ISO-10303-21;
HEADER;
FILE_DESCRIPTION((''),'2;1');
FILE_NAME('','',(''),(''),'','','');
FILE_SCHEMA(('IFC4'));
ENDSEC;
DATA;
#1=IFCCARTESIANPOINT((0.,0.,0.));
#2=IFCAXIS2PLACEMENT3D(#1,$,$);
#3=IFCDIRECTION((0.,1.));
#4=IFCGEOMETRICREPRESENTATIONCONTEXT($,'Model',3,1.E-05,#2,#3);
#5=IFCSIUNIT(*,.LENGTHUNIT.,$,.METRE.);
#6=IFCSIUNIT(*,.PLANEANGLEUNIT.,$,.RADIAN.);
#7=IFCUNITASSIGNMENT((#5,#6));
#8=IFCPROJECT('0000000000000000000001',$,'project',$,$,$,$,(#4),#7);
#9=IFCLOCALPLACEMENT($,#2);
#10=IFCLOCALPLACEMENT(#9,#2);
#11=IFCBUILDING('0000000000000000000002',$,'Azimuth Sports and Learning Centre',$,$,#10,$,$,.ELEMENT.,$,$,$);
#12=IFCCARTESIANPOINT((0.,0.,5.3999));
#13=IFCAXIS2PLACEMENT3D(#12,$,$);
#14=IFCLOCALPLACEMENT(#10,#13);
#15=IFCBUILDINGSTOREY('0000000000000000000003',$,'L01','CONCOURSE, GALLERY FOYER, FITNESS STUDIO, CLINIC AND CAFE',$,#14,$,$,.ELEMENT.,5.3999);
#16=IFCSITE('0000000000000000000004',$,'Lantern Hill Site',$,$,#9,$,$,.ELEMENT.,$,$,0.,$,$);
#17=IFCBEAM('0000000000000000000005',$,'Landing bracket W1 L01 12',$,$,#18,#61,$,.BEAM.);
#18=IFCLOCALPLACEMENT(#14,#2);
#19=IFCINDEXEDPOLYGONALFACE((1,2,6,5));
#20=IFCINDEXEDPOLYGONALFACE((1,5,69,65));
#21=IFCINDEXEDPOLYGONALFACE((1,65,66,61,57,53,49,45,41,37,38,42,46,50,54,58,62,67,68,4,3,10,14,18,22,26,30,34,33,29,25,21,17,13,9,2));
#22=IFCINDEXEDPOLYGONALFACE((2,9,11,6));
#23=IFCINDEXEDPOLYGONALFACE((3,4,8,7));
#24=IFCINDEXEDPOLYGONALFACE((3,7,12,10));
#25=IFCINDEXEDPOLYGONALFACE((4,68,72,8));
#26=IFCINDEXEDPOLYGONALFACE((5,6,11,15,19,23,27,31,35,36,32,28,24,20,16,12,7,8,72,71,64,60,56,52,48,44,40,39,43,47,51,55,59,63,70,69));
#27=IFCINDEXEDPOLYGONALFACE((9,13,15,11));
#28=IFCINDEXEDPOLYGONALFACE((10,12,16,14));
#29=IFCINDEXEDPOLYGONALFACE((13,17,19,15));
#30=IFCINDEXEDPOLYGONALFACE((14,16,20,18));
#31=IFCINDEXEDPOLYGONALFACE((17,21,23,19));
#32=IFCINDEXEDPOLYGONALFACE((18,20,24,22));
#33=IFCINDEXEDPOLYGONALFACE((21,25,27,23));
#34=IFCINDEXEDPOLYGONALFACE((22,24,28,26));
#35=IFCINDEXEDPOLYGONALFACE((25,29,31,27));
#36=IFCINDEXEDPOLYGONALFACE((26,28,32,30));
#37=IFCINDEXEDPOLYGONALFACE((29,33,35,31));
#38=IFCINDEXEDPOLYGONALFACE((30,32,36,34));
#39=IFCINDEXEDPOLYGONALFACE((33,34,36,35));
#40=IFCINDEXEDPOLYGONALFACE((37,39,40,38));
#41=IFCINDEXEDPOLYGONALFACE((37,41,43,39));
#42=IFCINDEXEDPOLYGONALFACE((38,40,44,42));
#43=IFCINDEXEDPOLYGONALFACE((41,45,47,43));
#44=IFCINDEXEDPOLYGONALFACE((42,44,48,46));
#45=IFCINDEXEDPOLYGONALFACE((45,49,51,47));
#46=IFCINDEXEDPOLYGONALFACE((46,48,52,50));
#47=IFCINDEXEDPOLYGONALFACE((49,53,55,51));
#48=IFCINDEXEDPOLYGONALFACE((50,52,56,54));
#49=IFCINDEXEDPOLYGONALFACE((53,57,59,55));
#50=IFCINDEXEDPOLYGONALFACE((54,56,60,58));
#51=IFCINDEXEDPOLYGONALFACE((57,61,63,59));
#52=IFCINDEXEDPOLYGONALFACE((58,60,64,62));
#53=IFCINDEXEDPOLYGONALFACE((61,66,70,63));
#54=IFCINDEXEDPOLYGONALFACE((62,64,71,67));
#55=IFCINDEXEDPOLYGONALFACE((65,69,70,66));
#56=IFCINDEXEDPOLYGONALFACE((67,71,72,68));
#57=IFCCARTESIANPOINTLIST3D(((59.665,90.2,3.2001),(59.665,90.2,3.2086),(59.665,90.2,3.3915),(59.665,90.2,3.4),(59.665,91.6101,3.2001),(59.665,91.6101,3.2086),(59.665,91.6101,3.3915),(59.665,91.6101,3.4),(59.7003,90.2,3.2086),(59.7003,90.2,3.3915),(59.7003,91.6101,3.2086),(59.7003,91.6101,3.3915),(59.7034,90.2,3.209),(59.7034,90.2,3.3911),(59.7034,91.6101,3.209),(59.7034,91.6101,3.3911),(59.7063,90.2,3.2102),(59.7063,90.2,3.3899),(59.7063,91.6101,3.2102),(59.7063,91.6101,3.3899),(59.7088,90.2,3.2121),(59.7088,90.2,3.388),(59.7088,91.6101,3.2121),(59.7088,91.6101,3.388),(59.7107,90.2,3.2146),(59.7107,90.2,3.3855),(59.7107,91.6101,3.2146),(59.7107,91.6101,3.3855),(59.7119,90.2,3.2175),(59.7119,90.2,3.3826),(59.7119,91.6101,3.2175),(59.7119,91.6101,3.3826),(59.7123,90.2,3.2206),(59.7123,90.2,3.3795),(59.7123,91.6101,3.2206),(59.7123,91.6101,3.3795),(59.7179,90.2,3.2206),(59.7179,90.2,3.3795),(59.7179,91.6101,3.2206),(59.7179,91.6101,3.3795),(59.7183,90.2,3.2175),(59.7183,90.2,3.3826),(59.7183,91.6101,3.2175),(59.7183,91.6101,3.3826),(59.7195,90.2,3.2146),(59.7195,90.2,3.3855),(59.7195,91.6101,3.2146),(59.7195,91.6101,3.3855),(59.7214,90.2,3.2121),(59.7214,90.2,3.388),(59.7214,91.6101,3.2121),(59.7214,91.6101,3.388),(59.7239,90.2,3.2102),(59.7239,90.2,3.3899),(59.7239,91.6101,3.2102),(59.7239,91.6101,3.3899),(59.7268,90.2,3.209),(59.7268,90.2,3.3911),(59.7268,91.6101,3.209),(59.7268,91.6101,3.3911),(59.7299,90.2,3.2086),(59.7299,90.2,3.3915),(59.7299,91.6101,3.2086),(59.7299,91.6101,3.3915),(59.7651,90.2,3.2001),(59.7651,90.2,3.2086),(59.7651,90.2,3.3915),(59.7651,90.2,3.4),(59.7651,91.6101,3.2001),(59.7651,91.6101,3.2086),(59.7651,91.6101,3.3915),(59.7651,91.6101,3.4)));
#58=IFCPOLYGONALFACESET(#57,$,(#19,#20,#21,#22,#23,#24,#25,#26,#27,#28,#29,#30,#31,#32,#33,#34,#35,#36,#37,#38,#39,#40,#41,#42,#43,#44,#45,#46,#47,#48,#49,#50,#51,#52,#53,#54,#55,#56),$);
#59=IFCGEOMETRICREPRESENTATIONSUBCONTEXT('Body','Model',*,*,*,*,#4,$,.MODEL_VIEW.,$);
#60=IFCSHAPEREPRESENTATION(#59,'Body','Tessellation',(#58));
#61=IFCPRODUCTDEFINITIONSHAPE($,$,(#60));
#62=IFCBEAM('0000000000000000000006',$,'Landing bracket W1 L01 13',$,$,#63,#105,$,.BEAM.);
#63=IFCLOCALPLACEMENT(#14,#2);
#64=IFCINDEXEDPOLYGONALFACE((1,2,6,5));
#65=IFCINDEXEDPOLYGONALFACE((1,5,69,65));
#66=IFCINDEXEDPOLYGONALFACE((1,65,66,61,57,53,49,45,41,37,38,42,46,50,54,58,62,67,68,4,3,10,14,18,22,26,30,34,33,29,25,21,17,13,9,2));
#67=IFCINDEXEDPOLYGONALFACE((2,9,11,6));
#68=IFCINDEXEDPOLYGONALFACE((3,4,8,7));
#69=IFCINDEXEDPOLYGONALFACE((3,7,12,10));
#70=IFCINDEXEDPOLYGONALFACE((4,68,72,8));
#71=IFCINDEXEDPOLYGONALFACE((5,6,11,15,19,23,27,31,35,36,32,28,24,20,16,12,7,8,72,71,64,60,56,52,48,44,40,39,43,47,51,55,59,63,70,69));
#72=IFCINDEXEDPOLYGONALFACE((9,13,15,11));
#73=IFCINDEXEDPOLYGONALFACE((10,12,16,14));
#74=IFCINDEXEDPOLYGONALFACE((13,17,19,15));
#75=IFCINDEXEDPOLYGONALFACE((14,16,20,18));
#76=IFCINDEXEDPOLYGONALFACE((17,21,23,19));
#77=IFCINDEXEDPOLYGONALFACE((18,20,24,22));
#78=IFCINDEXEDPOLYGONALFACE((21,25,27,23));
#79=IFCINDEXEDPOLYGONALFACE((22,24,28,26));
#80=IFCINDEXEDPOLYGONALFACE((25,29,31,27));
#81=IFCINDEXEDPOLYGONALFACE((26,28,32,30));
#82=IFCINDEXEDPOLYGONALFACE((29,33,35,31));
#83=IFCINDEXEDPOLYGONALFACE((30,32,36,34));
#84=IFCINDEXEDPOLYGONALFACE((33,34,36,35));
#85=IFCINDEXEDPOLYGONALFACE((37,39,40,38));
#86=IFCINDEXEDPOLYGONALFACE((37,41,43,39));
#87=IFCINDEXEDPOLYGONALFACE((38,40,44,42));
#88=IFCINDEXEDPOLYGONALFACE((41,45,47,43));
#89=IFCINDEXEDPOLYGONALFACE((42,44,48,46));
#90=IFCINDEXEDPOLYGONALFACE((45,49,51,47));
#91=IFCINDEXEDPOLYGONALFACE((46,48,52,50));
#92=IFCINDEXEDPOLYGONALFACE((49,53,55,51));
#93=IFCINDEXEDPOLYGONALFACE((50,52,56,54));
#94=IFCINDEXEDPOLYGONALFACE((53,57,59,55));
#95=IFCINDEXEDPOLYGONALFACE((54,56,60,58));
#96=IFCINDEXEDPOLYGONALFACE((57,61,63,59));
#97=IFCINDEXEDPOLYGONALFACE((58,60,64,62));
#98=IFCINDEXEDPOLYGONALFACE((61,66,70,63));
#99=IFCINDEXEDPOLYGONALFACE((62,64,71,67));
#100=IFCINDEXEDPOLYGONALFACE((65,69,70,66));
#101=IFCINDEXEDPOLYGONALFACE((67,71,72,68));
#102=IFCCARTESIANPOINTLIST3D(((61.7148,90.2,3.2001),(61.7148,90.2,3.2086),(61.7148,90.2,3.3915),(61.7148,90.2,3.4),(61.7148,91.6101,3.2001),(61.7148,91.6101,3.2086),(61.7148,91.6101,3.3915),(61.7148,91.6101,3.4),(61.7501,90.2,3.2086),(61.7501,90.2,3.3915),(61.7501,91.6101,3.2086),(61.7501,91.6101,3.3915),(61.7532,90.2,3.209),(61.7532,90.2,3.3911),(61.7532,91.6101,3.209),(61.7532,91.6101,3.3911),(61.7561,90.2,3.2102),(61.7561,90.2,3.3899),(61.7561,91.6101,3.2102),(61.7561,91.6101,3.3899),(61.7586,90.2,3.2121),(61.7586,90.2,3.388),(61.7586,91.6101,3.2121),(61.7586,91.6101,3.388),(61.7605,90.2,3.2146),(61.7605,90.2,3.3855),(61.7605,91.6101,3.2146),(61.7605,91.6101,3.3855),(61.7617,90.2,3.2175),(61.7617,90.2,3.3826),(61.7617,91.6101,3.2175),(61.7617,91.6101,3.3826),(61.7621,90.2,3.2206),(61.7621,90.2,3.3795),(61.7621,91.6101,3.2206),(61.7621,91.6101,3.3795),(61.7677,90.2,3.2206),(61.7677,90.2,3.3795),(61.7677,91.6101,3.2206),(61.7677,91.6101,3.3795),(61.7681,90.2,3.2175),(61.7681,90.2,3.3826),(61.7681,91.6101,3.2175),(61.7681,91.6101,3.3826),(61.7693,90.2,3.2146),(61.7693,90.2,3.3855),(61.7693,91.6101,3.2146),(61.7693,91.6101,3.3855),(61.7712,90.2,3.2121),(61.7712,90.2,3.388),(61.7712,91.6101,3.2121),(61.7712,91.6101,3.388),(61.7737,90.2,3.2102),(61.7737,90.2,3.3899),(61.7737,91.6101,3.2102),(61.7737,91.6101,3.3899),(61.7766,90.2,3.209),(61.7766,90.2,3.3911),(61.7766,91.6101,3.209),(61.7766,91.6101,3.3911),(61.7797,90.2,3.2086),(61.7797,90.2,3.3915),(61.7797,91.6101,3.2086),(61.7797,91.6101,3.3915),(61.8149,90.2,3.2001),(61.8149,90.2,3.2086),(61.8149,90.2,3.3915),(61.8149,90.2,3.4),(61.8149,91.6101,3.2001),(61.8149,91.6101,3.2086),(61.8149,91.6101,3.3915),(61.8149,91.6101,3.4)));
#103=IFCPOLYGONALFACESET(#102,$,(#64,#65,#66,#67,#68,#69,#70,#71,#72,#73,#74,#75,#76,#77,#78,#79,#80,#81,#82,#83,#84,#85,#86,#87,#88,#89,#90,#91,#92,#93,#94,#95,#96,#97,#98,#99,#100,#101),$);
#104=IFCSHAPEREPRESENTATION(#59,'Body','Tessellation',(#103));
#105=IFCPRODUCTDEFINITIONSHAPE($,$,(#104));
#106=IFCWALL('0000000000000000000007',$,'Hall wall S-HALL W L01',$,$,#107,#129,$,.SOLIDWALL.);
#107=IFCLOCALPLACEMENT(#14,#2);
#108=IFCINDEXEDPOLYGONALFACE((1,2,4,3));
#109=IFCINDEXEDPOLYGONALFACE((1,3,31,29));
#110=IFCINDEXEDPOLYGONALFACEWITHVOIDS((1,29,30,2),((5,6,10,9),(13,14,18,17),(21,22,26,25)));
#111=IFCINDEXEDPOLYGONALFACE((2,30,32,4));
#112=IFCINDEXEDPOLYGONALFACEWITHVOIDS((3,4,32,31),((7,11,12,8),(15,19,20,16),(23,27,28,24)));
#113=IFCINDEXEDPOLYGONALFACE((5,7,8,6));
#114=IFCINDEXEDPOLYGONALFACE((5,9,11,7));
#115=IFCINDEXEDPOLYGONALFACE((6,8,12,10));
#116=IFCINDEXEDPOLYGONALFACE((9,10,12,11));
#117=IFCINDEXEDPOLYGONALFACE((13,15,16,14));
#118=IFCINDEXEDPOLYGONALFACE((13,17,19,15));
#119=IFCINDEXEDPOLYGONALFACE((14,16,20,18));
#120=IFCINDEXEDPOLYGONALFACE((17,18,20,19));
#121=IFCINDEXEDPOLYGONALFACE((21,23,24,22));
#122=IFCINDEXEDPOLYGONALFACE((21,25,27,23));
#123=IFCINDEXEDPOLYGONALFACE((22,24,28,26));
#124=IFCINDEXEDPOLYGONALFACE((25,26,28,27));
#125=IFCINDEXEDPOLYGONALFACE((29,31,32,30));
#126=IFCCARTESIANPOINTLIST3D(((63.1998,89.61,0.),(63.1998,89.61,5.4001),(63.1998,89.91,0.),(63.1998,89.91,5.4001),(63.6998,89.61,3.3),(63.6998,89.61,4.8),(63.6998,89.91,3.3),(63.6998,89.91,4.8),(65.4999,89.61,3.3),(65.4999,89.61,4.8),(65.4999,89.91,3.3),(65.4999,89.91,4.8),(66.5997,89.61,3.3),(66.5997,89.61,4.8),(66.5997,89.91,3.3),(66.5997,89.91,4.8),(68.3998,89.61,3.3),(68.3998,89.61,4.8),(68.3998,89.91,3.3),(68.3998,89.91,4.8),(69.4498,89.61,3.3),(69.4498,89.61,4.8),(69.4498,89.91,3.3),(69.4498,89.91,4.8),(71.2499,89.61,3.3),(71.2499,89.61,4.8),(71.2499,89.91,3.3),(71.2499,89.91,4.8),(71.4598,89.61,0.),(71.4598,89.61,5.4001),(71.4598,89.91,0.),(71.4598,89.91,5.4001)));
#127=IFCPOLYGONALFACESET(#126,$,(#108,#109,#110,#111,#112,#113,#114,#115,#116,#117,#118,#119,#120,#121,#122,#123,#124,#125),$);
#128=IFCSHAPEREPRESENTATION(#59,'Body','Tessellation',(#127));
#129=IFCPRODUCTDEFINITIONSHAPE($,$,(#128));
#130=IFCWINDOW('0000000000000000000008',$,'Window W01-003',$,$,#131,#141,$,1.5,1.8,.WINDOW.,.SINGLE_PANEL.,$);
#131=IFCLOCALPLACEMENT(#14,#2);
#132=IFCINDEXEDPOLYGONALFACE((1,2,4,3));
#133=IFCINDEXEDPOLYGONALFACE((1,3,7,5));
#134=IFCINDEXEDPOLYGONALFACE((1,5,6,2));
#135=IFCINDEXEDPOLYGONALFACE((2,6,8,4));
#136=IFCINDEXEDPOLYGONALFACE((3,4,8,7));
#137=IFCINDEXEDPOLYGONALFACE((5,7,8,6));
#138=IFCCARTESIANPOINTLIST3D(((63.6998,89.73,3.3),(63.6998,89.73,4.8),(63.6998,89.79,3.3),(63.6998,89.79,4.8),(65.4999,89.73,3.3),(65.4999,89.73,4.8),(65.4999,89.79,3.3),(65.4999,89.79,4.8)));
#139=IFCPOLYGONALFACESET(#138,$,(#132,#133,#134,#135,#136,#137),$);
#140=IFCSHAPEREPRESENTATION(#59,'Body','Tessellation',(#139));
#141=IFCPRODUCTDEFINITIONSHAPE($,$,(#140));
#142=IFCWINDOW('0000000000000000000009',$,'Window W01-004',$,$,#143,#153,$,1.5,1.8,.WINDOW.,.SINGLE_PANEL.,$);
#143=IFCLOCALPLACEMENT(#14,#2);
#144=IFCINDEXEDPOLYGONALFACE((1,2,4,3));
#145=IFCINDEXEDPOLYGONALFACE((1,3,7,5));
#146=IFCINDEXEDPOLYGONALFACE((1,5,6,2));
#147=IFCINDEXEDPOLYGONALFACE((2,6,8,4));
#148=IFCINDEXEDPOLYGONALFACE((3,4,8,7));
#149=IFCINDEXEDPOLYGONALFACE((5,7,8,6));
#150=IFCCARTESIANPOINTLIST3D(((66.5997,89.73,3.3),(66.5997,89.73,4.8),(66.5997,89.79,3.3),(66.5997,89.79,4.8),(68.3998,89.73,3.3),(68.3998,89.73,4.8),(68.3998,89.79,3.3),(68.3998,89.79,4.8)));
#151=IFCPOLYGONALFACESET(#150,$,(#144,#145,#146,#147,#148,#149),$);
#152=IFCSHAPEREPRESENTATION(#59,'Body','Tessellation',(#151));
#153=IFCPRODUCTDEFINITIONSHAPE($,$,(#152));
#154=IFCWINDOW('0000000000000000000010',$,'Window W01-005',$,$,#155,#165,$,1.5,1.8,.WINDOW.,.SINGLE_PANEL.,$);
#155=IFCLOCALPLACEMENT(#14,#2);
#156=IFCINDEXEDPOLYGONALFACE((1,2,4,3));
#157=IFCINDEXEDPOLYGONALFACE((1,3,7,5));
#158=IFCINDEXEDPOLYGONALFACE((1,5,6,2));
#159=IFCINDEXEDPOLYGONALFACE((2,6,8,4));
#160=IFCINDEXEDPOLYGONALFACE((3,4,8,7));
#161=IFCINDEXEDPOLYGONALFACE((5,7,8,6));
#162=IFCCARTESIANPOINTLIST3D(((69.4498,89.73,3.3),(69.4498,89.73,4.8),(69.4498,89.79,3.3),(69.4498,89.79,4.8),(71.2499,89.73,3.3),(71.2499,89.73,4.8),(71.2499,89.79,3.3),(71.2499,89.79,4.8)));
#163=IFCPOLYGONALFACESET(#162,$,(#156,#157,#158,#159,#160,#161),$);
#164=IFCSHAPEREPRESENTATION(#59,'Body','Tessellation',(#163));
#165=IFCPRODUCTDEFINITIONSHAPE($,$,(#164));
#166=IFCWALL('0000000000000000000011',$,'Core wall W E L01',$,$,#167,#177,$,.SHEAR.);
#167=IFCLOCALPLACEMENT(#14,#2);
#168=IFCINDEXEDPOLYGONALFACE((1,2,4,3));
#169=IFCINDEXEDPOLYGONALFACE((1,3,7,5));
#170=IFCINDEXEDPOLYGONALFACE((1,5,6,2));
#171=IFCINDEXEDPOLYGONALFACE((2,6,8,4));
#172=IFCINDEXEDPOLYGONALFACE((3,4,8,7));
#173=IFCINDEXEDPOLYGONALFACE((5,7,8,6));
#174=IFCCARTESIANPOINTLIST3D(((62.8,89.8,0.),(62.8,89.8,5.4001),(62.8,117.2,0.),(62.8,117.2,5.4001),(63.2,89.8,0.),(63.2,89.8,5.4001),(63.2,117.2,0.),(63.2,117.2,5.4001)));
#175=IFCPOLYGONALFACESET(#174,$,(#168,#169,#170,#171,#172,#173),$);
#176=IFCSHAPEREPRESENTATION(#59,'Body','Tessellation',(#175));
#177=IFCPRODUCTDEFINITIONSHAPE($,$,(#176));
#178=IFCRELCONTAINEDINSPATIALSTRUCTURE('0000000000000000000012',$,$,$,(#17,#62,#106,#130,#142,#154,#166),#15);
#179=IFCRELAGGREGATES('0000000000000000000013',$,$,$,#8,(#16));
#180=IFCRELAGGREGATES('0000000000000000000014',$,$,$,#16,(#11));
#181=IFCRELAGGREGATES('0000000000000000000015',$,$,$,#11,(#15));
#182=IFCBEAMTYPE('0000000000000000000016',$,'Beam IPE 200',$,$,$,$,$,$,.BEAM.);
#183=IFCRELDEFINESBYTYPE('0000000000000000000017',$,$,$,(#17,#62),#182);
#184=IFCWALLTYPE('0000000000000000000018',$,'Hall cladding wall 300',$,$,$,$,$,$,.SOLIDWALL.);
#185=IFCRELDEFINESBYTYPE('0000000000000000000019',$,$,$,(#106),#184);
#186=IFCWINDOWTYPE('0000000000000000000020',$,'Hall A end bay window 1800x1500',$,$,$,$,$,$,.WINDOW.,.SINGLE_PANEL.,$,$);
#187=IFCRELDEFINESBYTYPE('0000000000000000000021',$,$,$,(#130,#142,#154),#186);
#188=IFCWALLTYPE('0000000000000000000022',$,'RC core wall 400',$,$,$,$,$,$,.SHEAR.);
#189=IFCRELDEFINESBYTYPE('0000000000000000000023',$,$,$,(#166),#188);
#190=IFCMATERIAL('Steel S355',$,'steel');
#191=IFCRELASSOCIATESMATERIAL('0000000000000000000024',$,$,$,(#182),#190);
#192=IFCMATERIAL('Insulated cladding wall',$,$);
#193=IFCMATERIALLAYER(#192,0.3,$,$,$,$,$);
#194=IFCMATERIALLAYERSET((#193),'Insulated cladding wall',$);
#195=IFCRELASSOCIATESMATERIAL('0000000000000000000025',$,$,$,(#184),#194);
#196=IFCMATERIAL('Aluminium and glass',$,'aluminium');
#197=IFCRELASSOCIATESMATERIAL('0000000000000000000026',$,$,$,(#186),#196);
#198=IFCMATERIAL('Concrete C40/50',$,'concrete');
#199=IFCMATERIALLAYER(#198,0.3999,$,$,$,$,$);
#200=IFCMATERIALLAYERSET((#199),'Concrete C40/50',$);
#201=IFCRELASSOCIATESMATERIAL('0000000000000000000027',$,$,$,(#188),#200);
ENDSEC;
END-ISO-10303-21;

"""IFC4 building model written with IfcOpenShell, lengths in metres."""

from ifc_helpers import new_model, si_unit, direction, frame, frame_2d, origin, origin_2d, place, context, subcontext, project, spatial, rectangle, i_section, extrude, material, layer, layer_set, material_profile, profile_set, type_object, element, fill, save


model = new_model("IFC4")

# Units and contexts
model_context = context("Model", 3, precision=1e-05, world=origin(), true_north=direction((0.0, 1.0)))
body_context = subcontext(model_context, "Body", "Model", "MODEL_VIEW")
ifc_project = project(units=[si_unit("LENGTHUNIT", "METRE"), si_unit("PLANEANGLEUNIT", "RADIAN")], contexts=[model_context])

# Site, building, storey
site_placement = place(None, origin())
site = spatial("IfcSite", under=ifc_project, at=site_placement, Name="Lantern Hill Site", CompositionType="ELEMENT", RefElevation=0.0)
building_placement = place(site_placement, origin())
building = spatial("IfcBuilding", under=site, at=building_placement, Name="Azimuth Sports and Learning Centre", CompositionType="ELEMENT")
storey_placement = place(building_placement, frame((0.0, 0.0, 5.3999)))
storey = spatial("IfcBuildingStorey", under=building, at=storey_placement, Name="L01", Description="CONCOURSE, GALLERY FOYER, FITNESS STUDIO, CLINIC AND CAFE", CompositionType="ELEMENT", Elevation=5.3999)

# Beams
ifc_material_1 = material(Name="Steel S355", Category="steel")
ifc_material_profile = material_profile(ifc_material_1, i_section(OverallWidth=0.1001, OverallDepth=0.2, WebThickness=0.0056, FlangeThickness=0.0085, FilletRadius=0.012, at=origin_2d()), Name="IPE 200")
ifc_profile_set = profile_set([ifc_material_profile], Name="Steel S355")
beam_type = type_object("IfcBeamType", Name="Beam IPE 200", PredefinedType="BEAM", material=ifc_profile_set)
for number, where, z_axis, x_axis, name in (
    (1, (59.7151, 90.2, 3.3), (0.0, 1.0, 0.0), (-1.0, 0.0, 0.0), "Landing bracket W1 L01 12"),
    (2, (61.7649, 90.2, 3.3), (0.0, 1.0, 0.0), (-1.0, 0.0, 0.0), "Landing bracket W1 L01 13"),
):
    element("IfcBeam", number, at=place(storey_placement, frame(where, z_axis=z_axis, x_axis=x_axis)), inside=storey, type_object=beam_type, Name=name, PredefinedType="BEAM", context=body_context, shape_type="SweptSolid", body=[
        extrude(i_section(OverallWidth=0.1001, OverallDepth=0.2, WebThickness=0.0056, FlangeThickness=0.0085, FilletRadius=0.012, at=origin_2d()), origin(), (0.0, 0.0, 1.0), 1.4102),
    ])

# Wall, openings, windows
ifc_material_2 = material(Name="Insulated cladding wall")
ifc_layer_1 = layer(ifc_material_2, 0.3)
ifc_layer_set_1 = layer_set([ifc_layer_1], Name="Insulated cladding wall")
wall_type_1 = type_object("IfcWallType", Name="Hall cladding wall 300", PredefinedType="SOLIDWALL", material=ifc_layer_set_1)
wall_1_placement = place(storey_placement, frame((63.2, 89.76, 0.0), z_axis=(0.0, 0.0, 1.0), x_axis=(1.0, 0.0, 0.0)))
wall_1 = element("IfcWall", 3, at=wall_1_placement, inside=storey, type_object=wall_type_1, Name="Hall wall S-HALL W L01", PredefinedType="SOLIDWALL", context=body_context, shape_type="SweptSolid", body=[
    extrude(rectangle(XDim=8.26, YDim=0.3, at=frame_2d((4.1299, 0.0))), origin(), (0.0, 0.0, 1.0), 5.4001),
])
opening_1_placement = place(wall_1_placement, frame((0.5, 0.0, 3.3)))
opening_1 = element("IfcOpeningElement", 4, at=opening_1_placement, cuts=wall_1, PredefinedType="OPENING", context=body_context, shape_type="SweptSolid", body=[
    extrude(rectangle(XDim=1.8, YDim=1.5, at=frame_2d((0.8999, 0.75))), frame((0.0, 0.1611, 0.0), z_axis=(0.0, -1.0, 0.0), x_axis=(1.0, 0.0, 0.0)), (0.0, 0.0, 1.0), 0.322),
])
opening_2_placement = place(wall_1_placement, frame((3.3999, 0.0, 3.3)))
opening_2 = element("IfcOpeningElement", 5, at=opening_2_placement, cuts=wall_1, PredefinedType="OPENING", context=body_context, shape_type="SweptSolid", body=[
    extrude(rectangle(XDim=1.8, YDim=1.5, at=frame_2d((0.8999, 0.75))), frame((0.0, 0.1611, 0.0), z_axis=(0.0, -1.0, 0.0), x_axis=(1.0, 0.0, 0.0)), (0.0, 0.0, 1.0), 0.322),
])
opening_3_placement = place(wall_1_placement, frame((6.25, 0.0, 3.3)))
opening_3 = element("IfcOpeningElement", 6, at=opening_3_placement, cuts=wall_1, PredefinedType="OPENING", context=body_context, shape_type="SweptSolid", body=[
    extrude(rectangle(XDim=1.8, YDim=1.5, at=frame_2d((0.8999, 0.75))), frame((0.0, 0.1611, 0.0), z_axis=(0.0, -1.0, 0.0), x_axis=(1.0, 0.0, 0.0)), (0.0, 0.0, 1.0), 0.322),
])
ifc_material_3 = material(Name="Aluminium and glass", Category="aluminium")
window_type = type_object("IfcWindowType", Name="Hall A end bay window 1800x1500", PartitioningType="SINGLE_PANEL", PredefinedType="WINDOW", material=ifc_material_3)
window_1_placement = place(opening_1_placement, origin())
window_1 = element("IfcWindow", 7, at=window_1_placement, inside=storey, type_object=window_type, Name="Window W01-003", OverallHeight=1.5, OverallWidth=1.8, PartitioningType="SINGLE_PANEL", PredefinedType="WINDOW", context=body_context, shape_type="SweptSolid", body=[
    extrude(rectangle(XDim=1.8, YDim=1.5, at=frame_2d((0.8999, 0.75))), frame((0.0, 0.03, 0.0), z_axis=(0.0, -1.0, 0.0), x_axis=(1.0, 0.0, 0.0)), (0.0, 0.0, 1.0), 0.0601),
])
fill(opening_1, window_1)
window_2_placement = place(opening_2_placement, origin())
window_2 = element("IfcWindow", 8, at=window_2_placement, inside=storey, type_object=window_type, Name="Window W01-004", OverallHeight=1.5, OverallWidth=1.8, PartitioningType="SINGLE_PANEL", PredefinedType="WINDOW", context=body_context, shape_type="SweptSolid", body=[
    extrude(rectangle(XDim=1.8, YDim=1.5, at=frame_2d((0.8999, 0.75))), frame((0.0, 0.03, 0.0), z_axis=(0.0, -1.0, 0.0), x_axis=(1.0, 0.0, 0.0)), (0.0, 0.0, 1.0), 0.0601),
])
fill(opening_2, window_2)
window_3_placement = place(opening_3_placement, origin())
window_3 = element("IfcWindow", 9, at=window_3_placement, inside=storey, type_object=window_type, Name="Window W01-005", OverallHeight=1.5, OverallWidth=1.8, PartitioningType="SINGLE_PANEL", PredefinedType="WINDOW", context=body_context, shape_type="SweptSolid", body=[
    extrude(rectangle(XDim=1.8, YDim=1.5, at=frame_2d((0.8999, 0.75))), frame((0.0, 0.03, 0.0), z_axis=(0.0, -1.0, 0.0), x_axis=(1.0, 0.0, 0.0)), (0.0, 0.0, 1.0), 0.0601),
])
fill(opening_3, window_3)

# Wall
ifc_material_4 = material(Name="Concrete C40/50", Category="concrete")
ifc_layer_2 = layer(ifc_material_4, 0.3999)
ifc_layer_set_2 = layer_set([ifc_layer_2], Name="Concrete C40/50")
wall_type_2 = type_object("IfcWallType", Name="RC core wall 400", PredefinedType="SHEAR", material=ifc_layer_set_2)
wall_2_placement = place(storey_placement, frame((63.0, 89.8, 0.0), z_axis=(0.0, 0.0, 1.0), x_axis=(0.0, 1.0, 0.0)))
element("IfcWall", 10, at=wall_2_placement, inside=storey, type_object=wall_type_2, Name="Core wall W E L01", PredefinedType="SHEAR", context=body_context, shape_type="SweptSolid", body=[
    extrude(rectangle(XDim=27.3999, YDim=0.3999, at=frame_2d((13.7, 0.0))), origin(), (0.0, 0.0, 1.0), 5.4001),
])

save(model, "model.ifc")
